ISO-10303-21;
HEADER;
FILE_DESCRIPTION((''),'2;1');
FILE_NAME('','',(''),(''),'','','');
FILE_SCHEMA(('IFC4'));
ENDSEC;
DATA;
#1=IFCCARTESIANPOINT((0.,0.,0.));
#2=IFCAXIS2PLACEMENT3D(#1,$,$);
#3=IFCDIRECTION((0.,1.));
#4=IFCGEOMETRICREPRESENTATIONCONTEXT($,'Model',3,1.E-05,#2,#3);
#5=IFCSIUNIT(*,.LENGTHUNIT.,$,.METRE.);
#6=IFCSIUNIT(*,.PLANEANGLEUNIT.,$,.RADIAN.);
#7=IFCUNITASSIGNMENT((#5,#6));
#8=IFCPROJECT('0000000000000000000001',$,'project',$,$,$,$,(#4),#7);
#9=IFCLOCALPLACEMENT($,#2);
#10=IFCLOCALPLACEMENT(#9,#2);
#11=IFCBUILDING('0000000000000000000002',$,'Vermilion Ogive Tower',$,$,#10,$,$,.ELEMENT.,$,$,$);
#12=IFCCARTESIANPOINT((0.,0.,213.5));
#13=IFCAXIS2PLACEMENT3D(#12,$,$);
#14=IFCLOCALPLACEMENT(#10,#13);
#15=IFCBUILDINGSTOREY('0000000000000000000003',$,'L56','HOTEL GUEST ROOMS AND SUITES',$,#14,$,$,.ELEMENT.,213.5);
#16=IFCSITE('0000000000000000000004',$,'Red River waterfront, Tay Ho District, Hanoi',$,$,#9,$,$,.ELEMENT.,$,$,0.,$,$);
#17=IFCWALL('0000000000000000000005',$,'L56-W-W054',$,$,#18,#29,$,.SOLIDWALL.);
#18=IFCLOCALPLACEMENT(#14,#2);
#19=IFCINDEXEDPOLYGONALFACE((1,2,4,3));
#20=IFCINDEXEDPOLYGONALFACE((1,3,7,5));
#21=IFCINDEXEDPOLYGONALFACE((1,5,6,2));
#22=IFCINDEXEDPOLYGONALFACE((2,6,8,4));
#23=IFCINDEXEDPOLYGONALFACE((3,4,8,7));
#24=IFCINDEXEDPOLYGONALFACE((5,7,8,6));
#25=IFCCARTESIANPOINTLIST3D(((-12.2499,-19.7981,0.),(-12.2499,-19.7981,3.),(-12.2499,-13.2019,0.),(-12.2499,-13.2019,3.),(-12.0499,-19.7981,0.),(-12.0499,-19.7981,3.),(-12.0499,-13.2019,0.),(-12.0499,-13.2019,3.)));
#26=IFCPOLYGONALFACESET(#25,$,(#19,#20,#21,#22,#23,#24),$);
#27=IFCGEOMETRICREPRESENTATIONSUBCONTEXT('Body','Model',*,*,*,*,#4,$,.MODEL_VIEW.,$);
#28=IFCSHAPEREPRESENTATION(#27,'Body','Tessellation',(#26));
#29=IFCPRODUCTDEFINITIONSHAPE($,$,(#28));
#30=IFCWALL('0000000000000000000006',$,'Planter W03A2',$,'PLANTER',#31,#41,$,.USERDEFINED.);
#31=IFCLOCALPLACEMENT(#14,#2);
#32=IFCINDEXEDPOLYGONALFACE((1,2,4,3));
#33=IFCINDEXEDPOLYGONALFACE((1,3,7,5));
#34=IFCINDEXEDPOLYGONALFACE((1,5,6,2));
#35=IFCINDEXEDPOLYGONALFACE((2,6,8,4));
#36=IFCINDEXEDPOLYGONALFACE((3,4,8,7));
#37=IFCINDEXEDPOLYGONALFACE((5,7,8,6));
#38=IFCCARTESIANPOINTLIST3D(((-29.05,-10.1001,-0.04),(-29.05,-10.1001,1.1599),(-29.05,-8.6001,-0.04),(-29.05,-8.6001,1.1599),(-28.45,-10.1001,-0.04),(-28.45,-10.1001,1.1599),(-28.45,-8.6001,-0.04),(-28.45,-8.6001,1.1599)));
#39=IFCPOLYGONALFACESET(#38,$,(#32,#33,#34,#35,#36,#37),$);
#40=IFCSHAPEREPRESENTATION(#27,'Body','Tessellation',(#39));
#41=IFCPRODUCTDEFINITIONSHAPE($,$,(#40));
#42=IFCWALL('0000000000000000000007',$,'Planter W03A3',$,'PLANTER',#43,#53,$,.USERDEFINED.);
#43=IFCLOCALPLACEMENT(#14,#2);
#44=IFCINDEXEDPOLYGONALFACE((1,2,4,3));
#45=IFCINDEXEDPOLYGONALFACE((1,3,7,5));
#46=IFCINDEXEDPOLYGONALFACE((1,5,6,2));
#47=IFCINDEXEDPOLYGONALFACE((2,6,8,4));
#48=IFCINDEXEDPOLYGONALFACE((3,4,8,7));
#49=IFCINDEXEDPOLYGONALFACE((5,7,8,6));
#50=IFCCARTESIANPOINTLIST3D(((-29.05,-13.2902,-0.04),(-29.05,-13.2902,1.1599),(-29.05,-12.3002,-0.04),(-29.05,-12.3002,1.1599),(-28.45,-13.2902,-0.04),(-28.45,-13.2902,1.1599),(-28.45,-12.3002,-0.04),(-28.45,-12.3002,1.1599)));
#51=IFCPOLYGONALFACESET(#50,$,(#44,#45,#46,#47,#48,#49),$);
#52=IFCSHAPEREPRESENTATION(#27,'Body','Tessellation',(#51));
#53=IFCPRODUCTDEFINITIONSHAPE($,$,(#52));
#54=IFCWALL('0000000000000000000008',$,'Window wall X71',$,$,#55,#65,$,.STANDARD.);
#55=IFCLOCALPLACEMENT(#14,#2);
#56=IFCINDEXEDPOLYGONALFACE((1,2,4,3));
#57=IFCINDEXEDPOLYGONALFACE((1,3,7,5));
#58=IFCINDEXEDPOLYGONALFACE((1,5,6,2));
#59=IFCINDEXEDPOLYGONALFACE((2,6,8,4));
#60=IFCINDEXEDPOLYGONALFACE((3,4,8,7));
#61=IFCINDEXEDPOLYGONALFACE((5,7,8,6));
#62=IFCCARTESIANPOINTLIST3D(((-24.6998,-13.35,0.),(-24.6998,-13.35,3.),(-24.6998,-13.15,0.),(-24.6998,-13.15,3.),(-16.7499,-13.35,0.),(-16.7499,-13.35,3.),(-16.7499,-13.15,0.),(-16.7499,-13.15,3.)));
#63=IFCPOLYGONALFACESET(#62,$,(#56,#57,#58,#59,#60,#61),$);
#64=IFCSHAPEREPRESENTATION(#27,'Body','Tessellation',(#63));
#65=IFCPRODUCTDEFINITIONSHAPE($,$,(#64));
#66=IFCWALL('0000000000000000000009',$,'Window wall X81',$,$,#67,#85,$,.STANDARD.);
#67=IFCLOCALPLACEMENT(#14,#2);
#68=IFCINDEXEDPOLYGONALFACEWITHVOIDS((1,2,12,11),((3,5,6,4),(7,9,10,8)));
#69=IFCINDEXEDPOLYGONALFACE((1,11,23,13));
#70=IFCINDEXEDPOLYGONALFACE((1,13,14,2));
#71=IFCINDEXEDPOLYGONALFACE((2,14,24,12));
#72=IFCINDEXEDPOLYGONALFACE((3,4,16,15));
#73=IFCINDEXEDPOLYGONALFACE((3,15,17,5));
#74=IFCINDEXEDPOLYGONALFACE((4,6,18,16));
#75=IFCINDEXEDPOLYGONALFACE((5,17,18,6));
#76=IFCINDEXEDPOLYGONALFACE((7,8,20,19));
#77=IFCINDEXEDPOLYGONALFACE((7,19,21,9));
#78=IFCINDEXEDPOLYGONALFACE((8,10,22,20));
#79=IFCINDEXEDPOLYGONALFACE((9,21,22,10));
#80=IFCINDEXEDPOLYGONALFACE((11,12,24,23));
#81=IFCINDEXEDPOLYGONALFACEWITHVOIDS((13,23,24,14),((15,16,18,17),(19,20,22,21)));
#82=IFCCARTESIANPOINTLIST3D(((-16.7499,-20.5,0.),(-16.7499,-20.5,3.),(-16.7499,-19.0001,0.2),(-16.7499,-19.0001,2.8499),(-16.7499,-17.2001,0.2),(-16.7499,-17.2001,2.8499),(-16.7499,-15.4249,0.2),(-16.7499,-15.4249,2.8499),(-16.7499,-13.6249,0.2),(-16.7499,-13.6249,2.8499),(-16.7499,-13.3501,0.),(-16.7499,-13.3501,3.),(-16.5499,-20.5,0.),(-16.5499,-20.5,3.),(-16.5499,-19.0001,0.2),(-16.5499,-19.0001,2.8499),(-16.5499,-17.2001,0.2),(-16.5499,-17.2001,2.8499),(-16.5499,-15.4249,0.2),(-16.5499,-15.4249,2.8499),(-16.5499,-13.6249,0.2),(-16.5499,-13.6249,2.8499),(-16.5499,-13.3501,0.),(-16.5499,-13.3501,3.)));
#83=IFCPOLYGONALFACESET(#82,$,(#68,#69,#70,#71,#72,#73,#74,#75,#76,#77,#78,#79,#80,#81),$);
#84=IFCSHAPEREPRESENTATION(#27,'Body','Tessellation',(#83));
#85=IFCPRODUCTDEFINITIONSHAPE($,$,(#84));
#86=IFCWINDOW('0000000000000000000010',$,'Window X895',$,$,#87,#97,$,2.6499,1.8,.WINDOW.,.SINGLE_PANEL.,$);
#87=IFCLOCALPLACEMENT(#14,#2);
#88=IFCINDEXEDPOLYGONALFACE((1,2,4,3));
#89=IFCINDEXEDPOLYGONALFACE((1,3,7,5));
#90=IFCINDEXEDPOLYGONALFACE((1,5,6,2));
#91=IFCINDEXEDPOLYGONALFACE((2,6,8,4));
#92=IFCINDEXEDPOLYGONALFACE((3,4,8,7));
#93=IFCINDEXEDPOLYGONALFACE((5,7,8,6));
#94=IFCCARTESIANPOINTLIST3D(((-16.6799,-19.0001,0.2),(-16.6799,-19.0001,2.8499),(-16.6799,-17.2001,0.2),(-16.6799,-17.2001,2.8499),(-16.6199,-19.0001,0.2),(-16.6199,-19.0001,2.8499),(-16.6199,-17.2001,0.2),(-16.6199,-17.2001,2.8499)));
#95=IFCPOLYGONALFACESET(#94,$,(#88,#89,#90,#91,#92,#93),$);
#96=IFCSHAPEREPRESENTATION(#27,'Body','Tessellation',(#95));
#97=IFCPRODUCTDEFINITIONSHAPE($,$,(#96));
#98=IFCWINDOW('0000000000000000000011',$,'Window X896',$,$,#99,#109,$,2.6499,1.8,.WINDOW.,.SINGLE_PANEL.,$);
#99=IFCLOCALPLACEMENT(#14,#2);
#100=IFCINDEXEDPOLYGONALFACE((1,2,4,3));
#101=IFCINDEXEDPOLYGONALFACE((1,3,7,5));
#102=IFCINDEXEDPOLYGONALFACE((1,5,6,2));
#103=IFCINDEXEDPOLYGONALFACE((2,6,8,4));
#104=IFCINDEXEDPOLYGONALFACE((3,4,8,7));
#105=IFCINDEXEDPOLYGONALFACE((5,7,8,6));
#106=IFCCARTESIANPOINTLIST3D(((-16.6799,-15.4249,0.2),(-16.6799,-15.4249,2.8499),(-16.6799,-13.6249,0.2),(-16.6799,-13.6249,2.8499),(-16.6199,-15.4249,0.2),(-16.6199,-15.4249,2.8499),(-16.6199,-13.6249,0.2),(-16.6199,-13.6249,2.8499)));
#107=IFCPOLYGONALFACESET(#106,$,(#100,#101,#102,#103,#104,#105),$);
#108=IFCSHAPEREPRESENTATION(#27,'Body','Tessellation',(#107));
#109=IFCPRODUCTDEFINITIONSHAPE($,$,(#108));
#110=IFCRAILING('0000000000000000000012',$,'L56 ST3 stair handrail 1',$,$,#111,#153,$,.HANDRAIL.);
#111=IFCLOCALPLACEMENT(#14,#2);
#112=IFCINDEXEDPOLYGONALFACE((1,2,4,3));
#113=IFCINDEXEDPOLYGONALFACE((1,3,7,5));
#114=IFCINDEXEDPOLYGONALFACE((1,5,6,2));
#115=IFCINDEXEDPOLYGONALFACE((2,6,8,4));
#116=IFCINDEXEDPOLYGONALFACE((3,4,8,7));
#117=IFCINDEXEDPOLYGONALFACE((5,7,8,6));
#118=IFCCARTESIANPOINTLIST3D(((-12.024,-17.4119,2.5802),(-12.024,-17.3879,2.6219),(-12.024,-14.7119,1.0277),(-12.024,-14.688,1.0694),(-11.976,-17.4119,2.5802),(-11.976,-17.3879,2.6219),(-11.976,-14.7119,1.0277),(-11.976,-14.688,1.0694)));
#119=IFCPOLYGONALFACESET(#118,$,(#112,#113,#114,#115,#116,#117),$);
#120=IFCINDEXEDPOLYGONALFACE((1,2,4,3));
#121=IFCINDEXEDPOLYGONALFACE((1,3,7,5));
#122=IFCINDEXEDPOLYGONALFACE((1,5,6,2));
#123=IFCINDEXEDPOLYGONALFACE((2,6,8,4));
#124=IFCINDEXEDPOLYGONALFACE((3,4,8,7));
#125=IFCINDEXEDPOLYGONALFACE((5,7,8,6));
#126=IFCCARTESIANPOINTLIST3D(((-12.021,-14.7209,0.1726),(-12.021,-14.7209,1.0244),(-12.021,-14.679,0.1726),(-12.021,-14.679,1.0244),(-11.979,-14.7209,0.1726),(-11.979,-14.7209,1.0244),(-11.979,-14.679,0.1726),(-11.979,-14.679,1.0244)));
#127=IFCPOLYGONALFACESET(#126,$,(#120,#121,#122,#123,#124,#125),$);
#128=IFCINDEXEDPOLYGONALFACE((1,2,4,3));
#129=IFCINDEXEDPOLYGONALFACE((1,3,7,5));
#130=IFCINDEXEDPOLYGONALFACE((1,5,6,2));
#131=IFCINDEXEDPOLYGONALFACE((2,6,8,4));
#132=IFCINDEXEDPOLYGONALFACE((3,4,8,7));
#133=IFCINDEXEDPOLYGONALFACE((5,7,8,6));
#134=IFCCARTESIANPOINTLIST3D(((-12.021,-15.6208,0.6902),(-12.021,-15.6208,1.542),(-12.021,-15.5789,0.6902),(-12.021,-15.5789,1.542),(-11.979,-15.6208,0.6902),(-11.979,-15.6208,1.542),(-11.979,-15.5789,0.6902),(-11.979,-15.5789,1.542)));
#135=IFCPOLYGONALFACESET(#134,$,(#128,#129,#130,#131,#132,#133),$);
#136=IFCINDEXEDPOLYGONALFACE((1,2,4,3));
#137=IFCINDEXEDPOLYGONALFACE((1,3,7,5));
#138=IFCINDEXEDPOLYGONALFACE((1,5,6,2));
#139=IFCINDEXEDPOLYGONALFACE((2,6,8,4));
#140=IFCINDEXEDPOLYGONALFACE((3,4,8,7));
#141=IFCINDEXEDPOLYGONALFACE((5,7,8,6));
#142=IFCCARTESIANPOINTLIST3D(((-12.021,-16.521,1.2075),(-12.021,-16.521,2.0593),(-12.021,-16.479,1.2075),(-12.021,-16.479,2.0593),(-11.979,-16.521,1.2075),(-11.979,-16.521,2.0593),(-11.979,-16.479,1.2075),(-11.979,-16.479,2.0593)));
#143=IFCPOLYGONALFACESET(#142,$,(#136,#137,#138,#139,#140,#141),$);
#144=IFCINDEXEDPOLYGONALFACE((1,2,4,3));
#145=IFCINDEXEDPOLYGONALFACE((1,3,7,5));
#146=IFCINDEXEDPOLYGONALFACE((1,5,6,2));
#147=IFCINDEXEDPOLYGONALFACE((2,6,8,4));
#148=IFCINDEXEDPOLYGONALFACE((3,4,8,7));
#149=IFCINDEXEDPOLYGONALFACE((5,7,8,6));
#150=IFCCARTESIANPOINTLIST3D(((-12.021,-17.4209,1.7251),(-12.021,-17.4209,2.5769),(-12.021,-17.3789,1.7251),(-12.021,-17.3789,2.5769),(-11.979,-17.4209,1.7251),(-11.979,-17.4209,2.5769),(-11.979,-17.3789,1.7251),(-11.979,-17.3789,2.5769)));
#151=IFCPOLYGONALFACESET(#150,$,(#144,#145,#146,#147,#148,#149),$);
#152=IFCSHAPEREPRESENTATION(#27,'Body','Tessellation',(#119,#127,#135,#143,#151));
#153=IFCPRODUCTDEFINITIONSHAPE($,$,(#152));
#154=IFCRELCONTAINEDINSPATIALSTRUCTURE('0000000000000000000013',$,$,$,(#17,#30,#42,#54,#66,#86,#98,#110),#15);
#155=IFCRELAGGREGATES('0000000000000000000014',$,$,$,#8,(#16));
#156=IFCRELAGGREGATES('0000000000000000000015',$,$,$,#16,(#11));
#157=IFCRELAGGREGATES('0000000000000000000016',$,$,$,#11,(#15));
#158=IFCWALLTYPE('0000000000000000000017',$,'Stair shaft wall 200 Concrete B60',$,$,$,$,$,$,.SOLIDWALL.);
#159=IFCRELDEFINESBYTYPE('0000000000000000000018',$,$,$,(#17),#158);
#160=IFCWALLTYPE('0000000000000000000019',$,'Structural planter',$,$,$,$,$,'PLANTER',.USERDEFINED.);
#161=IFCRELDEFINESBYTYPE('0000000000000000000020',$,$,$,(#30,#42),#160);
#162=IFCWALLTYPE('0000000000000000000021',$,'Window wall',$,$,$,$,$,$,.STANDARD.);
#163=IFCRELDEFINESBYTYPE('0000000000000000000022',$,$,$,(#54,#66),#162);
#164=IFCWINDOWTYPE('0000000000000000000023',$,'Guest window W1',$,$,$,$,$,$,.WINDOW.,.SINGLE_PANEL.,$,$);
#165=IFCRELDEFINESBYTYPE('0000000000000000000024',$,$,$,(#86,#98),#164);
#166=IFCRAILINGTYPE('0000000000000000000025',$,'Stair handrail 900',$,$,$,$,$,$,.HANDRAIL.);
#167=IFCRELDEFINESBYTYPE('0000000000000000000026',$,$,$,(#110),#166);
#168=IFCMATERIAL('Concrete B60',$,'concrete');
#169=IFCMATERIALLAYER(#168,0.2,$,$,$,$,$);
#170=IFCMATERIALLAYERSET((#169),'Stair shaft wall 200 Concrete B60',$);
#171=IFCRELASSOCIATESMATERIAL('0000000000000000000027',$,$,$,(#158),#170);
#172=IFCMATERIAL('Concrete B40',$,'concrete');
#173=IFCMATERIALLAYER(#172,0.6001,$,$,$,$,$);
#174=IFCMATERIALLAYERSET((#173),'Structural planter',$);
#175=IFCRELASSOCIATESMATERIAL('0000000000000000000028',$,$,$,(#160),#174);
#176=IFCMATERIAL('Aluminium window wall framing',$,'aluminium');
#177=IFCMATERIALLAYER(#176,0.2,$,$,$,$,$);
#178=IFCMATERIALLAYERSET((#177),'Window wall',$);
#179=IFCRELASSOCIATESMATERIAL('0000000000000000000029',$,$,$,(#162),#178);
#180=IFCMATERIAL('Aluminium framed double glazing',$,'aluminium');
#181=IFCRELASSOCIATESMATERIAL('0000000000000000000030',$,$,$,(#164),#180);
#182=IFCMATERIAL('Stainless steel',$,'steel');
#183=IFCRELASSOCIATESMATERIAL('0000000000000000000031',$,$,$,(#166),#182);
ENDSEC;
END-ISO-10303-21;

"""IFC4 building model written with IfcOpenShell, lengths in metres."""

from ifc_helpers import new_model, si_unit, direction, frame, frame_2d, origin, origin_2d, place, context, subcontext, project, spatial, rectangle, extrude, material, layer, layer_set, type_object, element, fill, save


model = new_model("IFC4")

# Units and contexts
model_context = context("Model", 3, precision=1e-05, world=origin(), true_north=direction((0.0, 1.0)))
body_context = subcontext(model_context, "Body", "Model", "MODEL_VIEW")
ifc_project = project(units=[si_unit("LENGTHUNIT", "METRE"), si_unit("PLANEANGLEUNIT", "RADIAN")], contexts=[model_context])

# Site, building, storey
site_placement = place(None, origin())
site = spatial("IfcSite", under=ifc_project, at=site_placement, Name="Red River waterfront, Tay Ho District, Hanoi", CompositionType="ELEMENT", RefElevation=0.0)
building_placement = place(site_placement, origin())
building = spatial("IfcBuilding", under=site, at=building_placement, Name="Vermilion Ogive Tower", CompositionType="ELEMENT")
storey_placement = place(building_placement, frame((0.0, 0.0, 213.5)))
storey = spatial("IfcBuildingStorey", under=building, at=storey_placement, Name="L56", Description="HOTEL GUEST ROOMS AND SUITES", CompositionType="ELEMENT", Elevation=213.5)

# Shared definitions
ifc_material_1 = material(Name="Concrete B60", Category="concrete")
ifc_layer_1 = layer(ifc_material_1, 0.2)
ifc_layer_set_1 = layer_set([ifc_layer_1], Name="Stair shaft wall 200 Concrete B60")
wall_type_1 = type_object("IfcWallType", Name="Stair shaft wall 200 Concrete B60", PredefinedType="SOLIDWALL", material=ifc_layer_set_1)

# Walls
wall_1_placement = place(storey_placement, frame((-12.1499, -19.7981, 0.0), z_axis=(0.0, 0.0, 1.0), x_axis=(0.0, 1.0, 0.0)))
element("IfcWall", 1, at=wall_1_placement, inside=storey, type_object=wall_type_1, Name="L56-W-W054", PredefinedType="SOLIDWALL", context=body_context, shape_type="SweptSolid", body=[
    extrude(rectangle(XDim=6.5962, YDim=0.2, at=frame_2d((3.2981, 0.0))), origin(), (0.0, 0.0, 1.0), 3.0),
])
ifc_material_2 = material(Name="Concrete B40", Category="concrete")
ifc_layer_2 = layer(ifc_material_2, 0.6001)
ifc_layer_set_2 = layer_set([ifc_layer_2], Name="Structural planter")
wall_type_2 = type_object("IfcWallType", Name="Structural planter", ElementType="PLANTER", PredefinedType="USERDEFINED", material=ifc_layer_set_2)
wall_2_placement = place(storey_placement, frame((-28.75, -8.6001, -0.04), z_axis=(0.0, 0.0, 1.0), x_axis=(0.0, -1.0, 0.0)))
element("IfcWall", 2, at=wall_2_placement, inside=storey, type_object=wall_type_2, Name="Planter W03A2", ObjectType="PLANTER", PredefinedType="USERDEFINED", context=body_context, shape_type="SweptSolid", body=[
    extrude(rectangle(XDim=1.5, YDim=0.6001, at=frame_2d((0.75, 0.0))), origin(), (0.0, 0.0, 1.0), 1.2),
])
wall_3_placement = place(storey_placement, frame((-28.75, -12.3, -0.04), z_axis=(0.0, 0.0, 1.0), x_axis=(0.0, -1.0, 0.0)))
element("IfcWall", 3, at=wall_3_placement, inside=storey, type_object=wall_type_2, Name="Planter W03A3", ObjectType="PLANTER", PredefinedType="USERDEFINED", context=body_context, shape_type="SweptSolid", body=[
    extrude(rectangle(XDim=0.99, YDim=0.6001, at=frame_2d((0.4951, 0.0))), origin(), (0.0, 0.0, 1.0), 1.2),
])
ifc_material_3 = material(Name="Aluminium window wall framing", Category="aluminium")
ifc_layer_3 = layer(ifc_material_3, 0.2)
ifc_layer_set_3 = layer_set([ifc_layer_3], Name="Window wall")
wall_type_3 = type_object("IfcWallType", Name="Window wall", PredefinedType="STANDARD", material=ifc_layer_set_3)
wall_4_placement = place(storey_placement, frame((-24.7, -13.25, 0.0), z_axis=(0.0, 0.0, 1.0), x_axis=(1.0, 0.0, 0.0)))
element("IfcWall", 4, at=wall_4_placement, inside=storey, type_object=wall_type_3, Name="Window wall X71", PredefinedType="STANDARD", context=body_context, shape_type="SweptSolid", body=[
    extrude(rectangle(XDim=7.95, YDim=0.2, at=frame_2d((3.9751, 0.0))), origin(), (0.0, 0.0, 1.0), 3.0),
])

# Wall, openings, windows
wall_5_placement = place(storey_placement, frame((-16.6499, -13.3501, 0.0), z_axis=(0.0, 0.0, 1.0), x_axis=(0.0, -1.0, 0.0)))
wall_5 = element("IfcWall", 5, at=wall_5_placement, inside=storey, type_object=wall_type_3, Name="Window wall X81", PredefinedType="STANDARD", context=body_context, shape_type="SweptSolid", body=[
    extrude(rectangle(XDim=7.1499, YDim=0.2, at=frame_2d((3.575, 0.0))), origin(), (0.0, 0.0, 1.0), 3.0),
])
opening_1_placement = place(wall_5_placement, frame((3.8501, 0.0, 0.2)))
opening_1 = element("IfcOpeningElement", 6, at=opening_1_placement, cuts=wall_5, PredefinedType="OPENING", context=body_context, shape_type="SweptSolid", body=[
    extrude(rectangle(XDim=1.8, YDim=2.6499, at=frame_2d((0.8999, 1.325))), frame((0.0, 0.1099, 0.0), z_axis=(0.0, -1.0, 0.0), x_axis=(1.0, 0.0, 0.0)), (0.0, 0.0, 1.0), 0.22),
])
opening_2_placement = place(wall_5_placement, frame((0.2749, 0.0, 0.2)))
opening_2 = element("IfcOpeningElement", 7, at=opening_2_placement, cuts=wall_5, PredefinedType="OPENING", context=body_context, shape_type="SweptSolid", body=[
    extrude(rectangle(XDim=1.8, YDim=2.6499, at=frame_2d((0.8999, 1.325))), frame((0.0, 0.1099, 0.0), z_axis=(0.0, -1.0, 0.0), x_axis=(1.0, 0.0, 0.0)), (0.0, 0.0, 1.0), 0.22),
])
ifc_material_4 = material(Name="Aluminium framed double glazing", Category="aluminium")
window_type = type_object("IfcWindowType", Name="Guest window W1", PartitioningType="SINGLE_PANEL", PredefinedType="WINDOW", material=ifc_material_4)
window_1_placement = place(opening_1_placement, origin())
window_1 = element("IfcWindow", 8, at=window_1_placement, inside=storey, type_object=window_type, Name="Window X895", OverallHeight=2.6499, OverallWidth=1.8, PartitioningType="SINGLE_PANEL", PredefinedType="WINDOW", context=body_context, shape_type="SweptSolid", body=[
    extrude(rectangle(XDim=1.8, YDim=2.6499, at=frame_2d((0.8999, 1.325))), frame((0.0, 0.03, 0.0), z_axis=(0.0, -1.0, 0.0), x_axis=(1.0, 0.0, 0.0)), (0.0, 0.0, 1.0), 0.0601),
])
fill(opening_1, window_1)
window_2_placement = place(opening_2_placement, origin())
window_2 = element("IfcWindow", 9, at=window_2_placement, inside=storey, type_object=window_type, Name="Window X896", OverallHeight=2.6499, OverallWidth=1.8, PartitioningType="SINGLE_PANEL", PredefinedType="WINDOW", context=body_context, shape_type="SweptSolid", body=[
    extrude(rectangle(XDim=1.8, YDim=2.6499, at=frame_2d((0.8999, 1.325))), frame((0.0, 0.03, 0.0), z_axis=(0.0, -1.0, 0.0), x_axis=(1.0, 0.0, 0.0)), (0.0, 0.0, 1.0), 0.0601),
])
fill(opening_2, window_2)

# Railing
ifc_material_5 = material(Name="Stainless steel", Category="steel")
railing_type = type_object("IfcRailingType", Name="Stair handrail 900", PredefinedType="HANDRAIL", material=ifc_material_5)
railing_placement = place(storey_placement, frame((-12.0, -14.7, 0.1726)))
element("IfcRailing", 10, at=railing_placement, inside=storey, type_object=railing_type, Name="L56 ST3 stair handrail 1", PredefinedType="HANDRAIL", context=body_context, shape_type="SweptSolid", body=[
    extrude(rectangle(XDim=0.0481, YDim=0.0481, at=origin_2d()), frame((0.0, 0.0, 0.876), z_axis=(0.0, -0.866904, 0.498476), x_axis=(1.0, 0.0, 0.0)), (0.0, 0.0, 1.0), 3.1145),
    extrude(rectangle(XDim=0.042, YDim=0.042, at=origin_2d()), origin(), (0.0, 0.0, 1.0), 0.8518),
    extrude(rectangle(XDim=0.042, YDim=0.042, at=origin_2d()), frame((0.0, -0.8999, 0.5176)), (0.0, 0.0, 1.0), 0.8518),
    extrude(rectangle(XDim=0.042, YDim=0.042, at=origin_2d()), frame((0.0, -1.8, 1.0349)), (0.0, 0.0, 1.0), 0.8518),
    extrude(rectangle(XDim=0.042, YDim=0.042, at=origin_2d()), frame((0.0, -2.7, 1.5525)), (0.0, 0.0, 1.0), 0.8518),
])

save(model, "model.ifc")
